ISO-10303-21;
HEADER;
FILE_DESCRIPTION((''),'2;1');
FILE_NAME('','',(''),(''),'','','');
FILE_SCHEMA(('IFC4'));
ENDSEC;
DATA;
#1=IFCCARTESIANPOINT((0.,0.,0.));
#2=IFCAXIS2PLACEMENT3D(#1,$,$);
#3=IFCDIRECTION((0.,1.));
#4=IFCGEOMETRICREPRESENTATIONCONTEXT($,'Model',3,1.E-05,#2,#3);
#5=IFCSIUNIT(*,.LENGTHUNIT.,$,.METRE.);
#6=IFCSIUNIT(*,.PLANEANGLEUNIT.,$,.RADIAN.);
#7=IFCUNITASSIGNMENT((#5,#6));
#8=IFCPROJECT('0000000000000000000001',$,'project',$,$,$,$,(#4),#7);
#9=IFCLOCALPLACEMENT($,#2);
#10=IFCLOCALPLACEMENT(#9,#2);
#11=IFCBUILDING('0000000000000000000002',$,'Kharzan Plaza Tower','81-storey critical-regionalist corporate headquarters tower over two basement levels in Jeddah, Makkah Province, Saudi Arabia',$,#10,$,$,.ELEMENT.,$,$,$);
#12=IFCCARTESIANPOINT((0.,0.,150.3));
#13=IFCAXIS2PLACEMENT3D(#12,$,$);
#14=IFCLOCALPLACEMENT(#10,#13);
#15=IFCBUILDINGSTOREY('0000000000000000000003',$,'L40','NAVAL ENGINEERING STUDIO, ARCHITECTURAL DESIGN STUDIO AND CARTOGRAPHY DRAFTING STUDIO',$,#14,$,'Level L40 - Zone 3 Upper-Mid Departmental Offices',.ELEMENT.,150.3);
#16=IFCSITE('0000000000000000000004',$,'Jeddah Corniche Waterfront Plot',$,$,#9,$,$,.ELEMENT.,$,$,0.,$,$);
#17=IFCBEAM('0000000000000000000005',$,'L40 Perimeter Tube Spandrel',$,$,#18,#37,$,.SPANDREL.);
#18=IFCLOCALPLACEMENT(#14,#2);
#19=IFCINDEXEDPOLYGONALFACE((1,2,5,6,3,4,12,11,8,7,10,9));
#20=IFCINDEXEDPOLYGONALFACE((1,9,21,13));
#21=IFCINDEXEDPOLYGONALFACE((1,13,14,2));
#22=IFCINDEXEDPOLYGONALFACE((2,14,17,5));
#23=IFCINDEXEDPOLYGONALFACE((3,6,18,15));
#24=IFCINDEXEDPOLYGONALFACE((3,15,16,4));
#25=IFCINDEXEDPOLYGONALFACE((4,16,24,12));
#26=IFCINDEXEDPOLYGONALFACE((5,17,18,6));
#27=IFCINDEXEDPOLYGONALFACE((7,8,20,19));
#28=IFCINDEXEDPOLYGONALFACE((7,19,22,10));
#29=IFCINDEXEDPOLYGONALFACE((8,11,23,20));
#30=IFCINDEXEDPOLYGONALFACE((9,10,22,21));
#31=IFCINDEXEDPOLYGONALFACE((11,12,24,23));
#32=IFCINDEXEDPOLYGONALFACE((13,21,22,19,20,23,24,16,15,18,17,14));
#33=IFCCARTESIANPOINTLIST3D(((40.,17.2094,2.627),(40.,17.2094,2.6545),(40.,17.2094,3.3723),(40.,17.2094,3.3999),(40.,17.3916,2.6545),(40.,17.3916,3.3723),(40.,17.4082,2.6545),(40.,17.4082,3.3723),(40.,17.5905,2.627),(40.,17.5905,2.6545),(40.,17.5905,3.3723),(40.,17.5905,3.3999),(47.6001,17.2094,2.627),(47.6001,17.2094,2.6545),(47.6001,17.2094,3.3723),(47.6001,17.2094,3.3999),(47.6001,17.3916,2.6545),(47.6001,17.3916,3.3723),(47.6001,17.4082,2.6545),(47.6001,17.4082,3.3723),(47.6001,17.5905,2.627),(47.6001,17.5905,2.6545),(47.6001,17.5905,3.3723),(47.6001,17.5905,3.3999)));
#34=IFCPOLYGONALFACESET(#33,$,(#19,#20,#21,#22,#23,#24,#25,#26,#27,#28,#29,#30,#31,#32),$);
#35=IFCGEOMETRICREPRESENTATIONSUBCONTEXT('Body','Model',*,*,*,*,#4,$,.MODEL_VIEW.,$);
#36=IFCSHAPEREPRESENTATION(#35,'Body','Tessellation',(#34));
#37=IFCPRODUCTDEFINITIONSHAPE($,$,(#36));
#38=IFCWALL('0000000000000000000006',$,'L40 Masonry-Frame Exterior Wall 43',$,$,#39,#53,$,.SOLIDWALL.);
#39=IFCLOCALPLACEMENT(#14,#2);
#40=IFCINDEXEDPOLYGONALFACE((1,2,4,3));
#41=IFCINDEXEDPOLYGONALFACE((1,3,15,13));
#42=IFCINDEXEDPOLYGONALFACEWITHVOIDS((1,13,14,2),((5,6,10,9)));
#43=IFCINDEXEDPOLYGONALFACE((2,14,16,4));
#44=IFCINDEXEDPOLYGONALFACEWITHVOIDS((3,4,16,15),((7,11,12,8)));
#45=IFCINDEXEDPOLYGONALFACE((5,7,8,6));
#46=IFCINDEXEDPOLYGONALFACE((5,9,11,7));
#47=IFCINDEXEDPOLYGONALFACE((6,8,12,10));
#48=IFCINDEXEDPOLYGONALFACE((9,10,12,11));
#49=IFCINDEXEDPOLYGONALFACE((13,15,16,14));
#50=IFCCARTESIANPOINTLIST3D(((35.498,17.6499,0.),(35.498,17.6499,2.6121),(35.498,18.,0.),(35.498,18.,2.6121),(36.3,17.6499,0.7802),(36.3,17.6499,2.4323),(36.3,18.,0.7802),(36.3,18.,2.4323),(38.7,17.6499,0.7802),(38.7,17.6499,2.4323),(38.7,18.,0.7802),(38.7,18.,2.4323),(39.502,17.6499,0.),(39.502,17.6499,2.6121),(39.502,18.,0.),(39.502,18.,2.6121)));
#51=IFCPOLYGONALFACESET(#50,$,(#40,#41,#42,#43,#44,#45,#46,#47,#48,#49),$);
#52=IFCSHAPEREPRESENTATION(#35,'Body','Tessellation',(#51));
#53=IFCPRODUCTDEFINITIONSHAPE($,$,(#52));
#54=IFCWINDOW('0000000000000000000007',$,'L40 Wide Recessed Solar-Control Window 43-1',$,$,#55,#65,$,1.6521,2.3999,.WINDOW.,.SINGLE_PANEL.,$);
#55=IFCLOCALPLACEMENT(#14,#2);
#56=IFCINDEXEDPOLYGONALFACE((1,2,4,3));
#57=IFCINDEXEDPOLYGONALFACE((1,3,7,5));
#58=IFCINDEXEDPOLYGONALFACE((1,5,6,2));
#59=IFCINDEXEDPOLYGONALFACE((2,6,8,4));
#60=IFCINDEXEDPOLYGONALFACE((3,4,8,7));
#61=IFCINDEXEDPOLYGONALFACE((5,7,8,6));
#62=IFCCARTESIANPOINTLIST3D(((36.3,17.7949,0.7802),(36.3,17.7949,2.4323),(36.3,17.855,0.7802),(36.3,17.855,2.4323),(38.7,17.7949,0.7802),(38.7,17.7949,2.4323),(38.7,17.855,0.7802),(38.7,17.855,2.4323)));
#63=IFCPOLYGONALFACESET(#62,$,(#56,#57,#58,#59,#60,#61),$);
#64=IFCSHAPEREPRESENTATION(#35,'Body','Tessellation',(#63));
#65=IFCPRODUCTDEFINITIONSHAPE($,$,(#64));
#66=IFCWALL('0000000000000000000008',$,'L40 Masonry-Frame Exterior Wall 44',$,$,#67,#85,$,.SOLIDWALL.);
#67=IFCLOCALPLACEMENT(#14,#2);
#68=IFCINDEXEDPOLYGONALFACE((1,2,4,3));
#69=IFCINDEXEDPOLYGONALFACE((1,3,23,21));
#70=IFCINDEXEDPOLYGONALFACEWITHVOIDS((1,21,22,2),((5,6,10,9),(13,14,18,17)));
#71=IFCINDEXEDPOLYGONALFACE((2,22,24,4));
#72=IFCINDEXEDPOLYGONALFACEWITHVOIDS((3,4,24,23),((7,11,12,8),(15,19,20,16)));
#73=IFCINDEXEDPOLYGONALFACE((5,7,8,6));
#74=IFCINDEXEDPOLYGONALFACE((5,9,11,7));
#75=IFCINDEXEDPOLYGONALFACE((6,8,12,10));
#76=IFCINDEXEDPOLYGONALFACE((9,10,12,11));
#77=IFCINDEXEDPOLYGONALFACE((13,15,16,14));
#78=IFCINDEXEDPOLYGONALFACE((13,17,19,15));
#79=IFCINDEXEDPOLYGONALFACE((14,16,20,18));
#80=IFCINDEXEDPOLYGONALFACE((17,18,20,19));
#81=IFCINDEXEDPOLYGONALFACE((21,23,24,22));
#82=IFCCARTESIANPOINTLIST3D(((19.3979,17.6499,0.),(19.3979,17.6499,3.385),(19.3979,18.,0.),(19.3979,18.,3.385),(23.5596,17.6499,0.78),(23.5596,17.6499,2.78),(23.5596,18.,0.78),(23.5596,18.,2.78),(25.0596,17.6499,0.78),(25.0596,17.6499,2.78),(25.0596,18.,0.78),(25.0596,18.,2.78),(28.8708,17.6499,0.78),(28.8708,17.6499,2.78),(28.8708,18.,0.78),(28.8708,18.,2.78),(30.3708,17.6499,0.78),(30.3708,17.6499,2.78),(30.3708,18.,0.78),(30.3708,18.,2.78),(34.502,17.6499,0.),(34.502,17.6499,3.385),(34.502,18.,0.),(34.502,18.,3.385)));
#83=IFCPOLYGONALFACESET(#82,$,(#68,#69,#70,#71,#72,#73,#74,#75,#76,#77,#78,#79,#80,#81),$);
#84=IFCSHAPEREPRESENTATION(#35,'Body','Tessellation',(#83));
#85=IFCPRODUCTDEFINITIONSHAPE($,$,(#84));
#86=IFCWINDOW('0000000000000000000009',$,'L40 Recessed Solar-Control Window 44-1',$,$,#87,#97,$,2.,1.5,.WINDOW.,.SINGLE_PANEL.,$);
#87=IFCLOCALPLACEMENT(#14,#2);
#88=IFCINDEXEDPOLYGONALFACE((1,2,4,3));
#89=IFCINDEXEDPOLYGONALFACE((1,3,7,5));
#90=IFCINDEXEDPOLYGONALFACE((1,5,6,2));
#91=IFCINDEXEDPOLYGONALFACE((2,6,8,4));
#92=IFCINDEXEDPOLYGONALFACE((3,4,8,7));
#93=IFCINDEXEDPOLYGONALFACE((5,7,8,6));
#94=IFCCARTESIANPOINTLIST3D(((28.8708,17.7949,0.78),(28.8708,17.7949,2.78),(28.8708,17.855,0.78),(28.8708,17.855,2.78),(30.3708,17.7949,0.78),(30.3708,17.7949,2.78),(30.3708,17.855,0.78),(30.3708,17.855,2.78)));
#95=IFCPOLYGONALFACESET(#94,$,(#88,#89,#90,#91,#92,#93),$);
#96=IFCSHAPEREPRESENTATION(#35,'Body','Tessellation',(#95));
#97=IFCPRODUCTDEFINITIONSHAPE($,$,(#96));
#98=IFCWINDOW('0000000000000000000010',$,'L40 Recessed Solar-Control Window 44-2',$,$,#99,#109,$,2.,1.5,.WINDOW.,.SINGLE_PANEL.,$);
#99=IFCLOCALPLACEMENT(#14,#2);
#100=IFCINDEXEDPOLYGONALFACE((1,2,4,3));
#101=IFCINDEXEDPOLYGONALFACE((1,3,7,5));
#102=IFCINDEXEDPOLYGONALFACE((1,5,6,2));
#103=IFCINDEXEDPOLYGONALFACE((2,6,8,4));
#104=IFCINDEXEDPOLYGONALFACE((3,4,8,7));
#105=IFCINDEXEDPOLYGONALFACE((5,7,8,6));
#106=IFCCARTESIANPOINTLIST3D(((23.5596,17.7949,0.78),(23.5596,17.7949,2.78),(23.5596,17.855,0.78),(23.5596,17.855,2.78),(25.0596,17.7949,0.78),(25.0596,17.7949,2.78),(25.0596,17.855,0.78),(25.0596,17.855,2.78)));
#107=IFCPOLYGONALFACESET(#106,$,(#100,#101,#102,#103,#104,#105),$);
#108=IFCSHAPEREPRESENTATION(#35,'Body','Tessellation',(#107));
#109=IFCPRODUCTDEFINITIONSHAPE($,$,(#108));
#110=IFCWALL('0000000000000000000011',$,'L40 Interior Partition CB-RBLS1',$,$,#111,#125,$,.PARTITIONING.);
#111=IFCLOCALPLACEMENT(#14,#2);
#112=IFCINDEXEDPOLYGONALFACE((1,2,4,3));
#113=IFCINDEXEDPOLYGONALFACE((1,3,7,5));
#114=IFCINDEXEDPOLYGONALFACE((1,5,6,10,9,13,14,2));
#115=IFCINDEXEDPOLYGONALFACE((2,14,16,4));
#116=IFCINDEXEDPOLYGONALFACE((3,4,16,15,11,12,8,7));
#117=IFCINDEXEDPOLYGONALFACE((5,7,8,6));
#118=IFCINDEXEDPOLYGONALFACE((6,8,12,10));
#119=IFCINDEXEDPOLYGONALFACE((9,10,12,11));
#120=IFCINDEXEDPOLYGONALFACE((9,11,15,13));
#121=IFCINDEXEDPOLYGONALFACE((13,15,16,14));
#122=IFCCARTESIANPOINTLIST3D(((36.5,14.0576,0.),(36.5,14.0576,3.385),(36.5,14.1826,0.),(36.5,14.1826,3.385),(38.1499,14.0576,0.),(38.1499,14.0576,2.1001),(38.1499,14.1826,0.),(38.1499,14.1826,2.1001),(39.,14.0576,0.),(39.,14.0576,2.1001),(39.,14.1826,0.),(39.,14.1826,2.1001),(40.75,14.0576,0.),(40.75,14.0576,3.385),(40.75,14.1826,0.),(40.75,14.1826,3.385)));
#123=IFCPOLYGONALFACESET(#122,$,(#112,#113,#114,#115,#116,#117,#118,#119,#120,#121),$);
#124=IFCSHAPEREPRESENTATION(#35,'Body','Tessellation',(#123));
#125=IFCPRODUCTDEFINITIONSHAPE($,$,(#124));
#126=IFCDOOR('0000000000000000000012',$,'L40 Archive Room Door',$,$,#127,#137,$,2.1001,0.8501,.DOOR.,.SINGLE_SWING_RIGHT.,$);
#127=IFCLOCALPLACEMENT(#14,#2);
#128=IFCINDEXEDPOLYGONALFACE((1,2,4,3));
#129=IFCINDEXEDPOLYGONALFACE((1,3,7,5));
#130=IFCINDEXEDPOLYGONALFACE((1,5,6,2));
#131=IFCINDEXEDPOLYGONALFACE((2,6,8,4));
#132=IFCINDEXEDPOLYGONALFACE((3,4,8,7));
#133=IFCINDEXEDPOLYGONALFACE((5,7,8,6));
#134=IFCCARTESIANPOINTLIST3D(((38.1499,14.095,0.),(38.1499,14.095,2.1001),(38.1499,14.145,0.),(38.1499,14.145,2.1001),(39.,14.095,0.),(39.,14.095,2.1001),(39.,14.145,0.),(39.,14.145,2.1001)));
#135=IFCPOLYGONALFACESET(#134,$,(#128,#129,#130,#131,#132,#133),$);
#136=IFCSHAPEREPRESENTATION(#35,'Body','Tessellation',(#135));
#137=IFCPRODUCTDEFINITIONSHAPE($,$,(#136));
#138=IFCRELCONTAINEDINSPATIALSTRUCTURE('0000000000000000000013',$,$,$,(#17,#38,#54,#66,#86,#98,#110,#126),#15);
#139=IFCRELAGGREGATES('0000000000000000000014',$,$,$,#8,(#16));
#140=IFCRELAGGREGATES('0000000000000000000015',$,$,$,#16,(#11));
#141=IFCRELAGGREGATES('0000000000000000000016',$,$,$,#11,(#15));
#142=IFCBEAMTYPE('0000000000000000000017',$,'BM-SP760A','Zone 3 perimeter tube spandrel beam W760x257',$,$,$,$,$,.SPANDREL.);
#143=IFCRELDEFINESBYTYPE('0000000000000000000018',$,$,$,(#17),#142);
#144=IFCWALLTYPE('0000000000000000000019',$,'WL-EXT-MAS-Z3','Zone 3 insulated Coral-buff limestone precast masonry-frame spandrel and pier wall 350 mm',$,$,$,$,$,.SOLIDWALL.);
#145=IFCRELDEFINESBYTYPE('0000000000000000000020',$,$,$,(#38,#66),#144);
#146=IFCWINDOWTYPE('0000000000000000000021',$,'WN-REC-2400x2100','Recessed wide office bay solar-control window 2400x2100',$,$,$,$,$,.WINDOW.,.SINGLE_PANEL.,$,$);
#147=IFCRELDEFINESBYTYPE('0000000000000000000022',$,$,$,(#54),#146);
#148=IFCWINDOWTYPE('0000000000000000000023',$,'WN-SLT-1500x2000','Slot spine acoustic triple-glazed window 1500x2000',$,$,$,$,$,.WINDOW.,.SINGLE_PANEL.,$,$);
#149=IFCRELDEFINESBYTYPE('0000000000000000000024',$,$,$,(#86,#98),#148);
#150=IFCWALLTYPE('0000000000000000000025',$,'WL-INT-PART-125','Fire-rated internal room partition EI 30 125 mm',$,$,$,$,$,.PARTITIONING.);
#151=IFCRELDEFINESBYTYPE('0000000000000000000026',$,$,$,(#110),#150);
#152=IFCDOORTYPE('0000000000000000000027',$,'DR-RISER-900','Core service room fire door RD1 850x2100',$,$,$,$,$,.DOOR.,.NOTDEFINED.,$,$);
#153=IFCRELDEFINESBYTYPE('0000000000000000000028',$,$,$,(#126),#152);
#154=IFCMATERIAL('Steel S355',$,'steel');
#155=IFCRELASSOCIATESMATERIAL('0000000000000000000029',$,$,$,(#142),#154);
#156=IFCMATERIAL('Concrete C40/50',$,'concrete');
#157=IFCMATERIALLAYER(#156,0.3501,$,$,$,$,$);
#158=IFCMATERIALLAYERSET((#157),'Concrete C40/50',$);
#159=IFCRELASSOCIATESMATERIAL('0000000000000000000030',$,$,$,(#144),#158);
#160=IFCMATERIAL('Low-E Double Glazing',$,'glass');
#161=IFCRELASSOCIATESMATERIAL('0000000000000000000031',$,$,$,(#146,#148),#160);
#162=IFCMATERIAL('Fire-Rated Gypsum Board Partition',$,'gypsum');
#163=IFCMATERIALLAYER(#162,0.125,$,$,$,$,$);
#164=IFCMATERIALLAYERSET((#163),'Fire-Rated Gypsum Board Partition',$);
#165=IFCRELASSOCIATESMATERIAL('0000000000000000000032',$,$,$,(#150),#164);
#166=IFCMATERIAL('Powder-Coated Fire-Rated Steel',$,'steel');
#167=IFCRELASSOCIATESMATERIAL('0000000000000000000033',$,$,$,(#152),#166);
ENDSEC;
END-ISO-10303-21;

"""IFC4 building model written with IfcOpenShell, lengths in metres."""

from ifc_helpers import new_model, si_unit, direction, frame, frame_2d, origin, origin_2d, place, context, subcontext, project, spatial, rectangle, i_section, extrude, source, transform, mapped, material, layer, layer_set, material_profile, profile_set, type_object, element, fill, save


model = new_model("IFC4")

# Units and contexts
model_context = context("Model", 3, precision=1e-05, world=origin(), true_north=direction((0.0, 1.0)))
body_context = subcontext(model_context, "Body", "Model", "MODEL_VIEW")
ifc_project = project(units=[si_unit("LENGTHUNIT", "METRE"), si_unit("PLANEANGLEUNIT", "RADIAN")], contexts=[model_context])

# Site, building, storey
site_placement = place(None, origin())
site = spatial("IfcSite", under=ifc_project, at=site_placement, Name="Jeddah Corniche Waterfront Plot", CompositionType="ELEMENT", RefElevation=0.0)
building_placement = place(site_placement, origin())
building = spatial("IfcBuilding", under=site, at=building_placement, Name="Kharzan Plaza Tower", Description="81-storey critical-regionalist corporate headquarters tower over two basement levels in Jeddah, Makkah Province, Saudi Arabia", CompositionType="ELEMENT")
storey_placement = place(building_placement, frame((0.0, 0.0, 150.3)))
storey = spatial("IfcBuildingStorey", under=building, at=storey_placement, Name="L40", Description="NAVAL ENGINEERING STUDIO, ARCHITECTURAL DESIGN STUDIO AND CARTOGRAPHY DRAFTING STUDIO", LongName="Level L40 - Zone 3 Upper-Mid Departmental Offices", CompositionType="ELEMENT", Elevation=150.3)

# Beam
ifc_material_1 = material(Name="Steel S355", Category="steel")
ifc_material_profile_1 = material_profile(ifc_material_1, i_section(OverallWidth=0.3811, OverallDepth=0.7729, WebThickness=0.0166, FlangeThickness=0.0276, at=origin_2d()), Name="W760x257")
ifc_profile_set_1 = profile_set([ifc_material_profile_1], Name="Steel S355")
beam_type_1 = type_object("IfcBeamType", Name="BM-SP760A", Description="Zone 3 perimeter tube spandrel beam W760x257", PredefinedType="SPANDREL", material=ifc_profile_set_1)
shared_shape_1 = source(origin(), body_context, "Body", "SweptSolid", [
    extrude(i_section(OverallWidth=0.3811, OverallDepth=0.7729, WebThickness=0.0166, FlangeThickness=0.0276, at=origin_2d()), origin(), (0.0, 0.0, 1.0), 7.6001),
])
beam_1_placement = place(storey_placement, frame((40.0, 17.3999, 3.0134), z_axis=(1.0, 0.0, 0.0), x_axis=(0.0, 1.0, 0.0)))
element("IfcBeam", 1, at=beam_1_placement, inside=storey, type_object=beam_type_1, Name="L40 Perimeter Tube Spandrel", PredefinedType="SPANDREL", context=body_context, shape_type="MappedRepresentation", body=[
    mapped(shared_shape_1, transform((0.0, 0.0, 0.0), x_axis=(1.0, 0.0, 0.0), y_axis=(0.0, 1.0, 0.0), z_axis=(0.0, 0.0, 1.0))),
])

# Wall, opening, window
ifc_material_2 = material(Name="Concrete C40/50", Category="concrete")
ifc_layer_1 = layer(ifc_material_2, 0.3501)
ifc_layer_set_1 = layer_set([ifc_layer_1], Name="Concrete C40/50")
wall_type_1 = type_object("IfcWallType", Name="WL-EXT-MAS-Z3", Description="Zone 3 insulated Coral-buff limestone precast masonry-frame spandrel and pier wall 350 mm", PredefinedType="SOLIDWALL", material=ifc_layer_set_1)
wall_1_placement = place(storey_placement, frame((39.502, 17.825, 0.0), z_axis=(0.0, 0.0, 1.0), x_axis=(-1.0, 0.0, 0.0)))
wall_1 = element("IfcWall", 2, at=wall_1_placement, inside=storey, type_object=wall_type_1, Name="L40 Masonry-Frame Exterior Wall 43", PredefinedType="SOLIDWALL", context=body_context, shape_type="SweptSolid", body=[
    extrude(rectangle(XDim=4.0039, YDim=0.3501, at=frame_2d((2.002, 0.0))), origin(), (0.0, 0.0, 1.0), 2.6121),
])
opening_1_placement = place(wall_1_placement, frame((0.802, 0.0, 0.78)))
opening_1 = element("IfcOpeningElement", 3, at=opening_1_placement, cuts=wall_1, PredefinedType="OPENING", context=body_context, shape_type="SweptSolid", body=[
    extrude(rectangle(XDim=2.3999, YDim=1.6521, at=frame_2d((1.2, 0.8262))), frame((0.0, 0.1851, 0.0), z_axis=(0.0, -1.0, 0.0), x_axis=(1.0, 0.0, 0.0)), (0.0, 0.0, 1.0), 0.3701),
])
ifc_material_3 = material(Name="Low-E Double Glazing", Category="glass")
window_type_1 = type_object("IfcWindowType", Name="WN-REC-2400x2100", Description="Recessed wide office bay solar-control window 2400x2100", PartitioningType="SINGLE_PANEL", PredefinedType="WINDOW", material=ifc_material_3)
shared_shape_2 = source(origin(), body_context, "Body", "SweptSolid", [
    extrude(rectangle(XDim=2.3999, YDim=1.6521, at=frame_2d((1.2, 0.8262))), frame((0.0, 0.03, 0.0), z_axis=(0.0, -1.0, 0.0), x_axis=(1.0, 0.0, 0.0)), (0.0, 0.0, 1.0), 0.0601),
])
window_1_placement = place(opening_1_placement, origin())
window_1 = element("IfcWindow", 4, at=window_1_placement, inside=storey, type_object=window_type_1, Name="L40 Wide Recessed Solar-Control Window 43-1", OverallHeight=1.6521, OverallWidth=2.3999, PartitioningType="SINGLE_PANEL", PredefinedType="WINDOW", context=body_context, shape_type="MappedRepresentation", body=[
    mapped(shared_shape_2, transform((0.0, 0.0, 0.0), x_axis=(1.0, 0.0, 0.0), y_axis=(0.0, 1.0, 0.0), z_axis=(0.0, 0.0, 1.0))),
])
fill(opening_1, window_1)

# Wall, openings, windows
wall_2_placement = place(storey_placement, frame((34.502, 17.825, 0.0), z_axis=(0.0, 0.0, 1.0), x_axis=(-1.0, 0.0, 0.0)))
wall_2 = element("IfcWall", 5, at=wall_2_placement, inside=storey, type_object=wall_type_1, Name="L40 Masonry-Frame Exterior Wall 44", PredefinedType="SOLIDWALL", context=body_context, shape_type="SweptSolid", body=[
    extrude(rectangle(XDim=15.104, YDim=0.3501, at=frame_2d((7.552, 0.0))), origin(), (0.0, 0.0, 1.0), 3.385),
])
opening_2_placement = place(wall_2_placement, frame((4.1311, 0.0, 0.78)))
opening_2 = element("IfcOpeningElement", 6, at=opening_2_placement, cuts=wall_2, PredefinedType="OPENING", context=body_context, shape_type="SweptSolid", body=[
    extrude(rectangle(XDim=1.5, YDim=2.0, at=frame_2d((0.75, 1.0))), frame((0.0, 0.1851, 0.0), z_axis=(0.0, -1.0, 0.0), x_axis=(1.0, 0.0, 0.0)), (0.0, 0.0, 1.0), 0.3701),
])
opening_3_placement = place(wall_2_placement, frame((9.4424, 0.0, 0.78)))
opening_3 = element("IfcOpeningElement", 7, at=opening_3_placement, cuts=wall_2, PredefinedType="OPENING", context=body_context, shape_type="SweptSolid", body=[
    extrude(rectangle(XDim=1.5, YDim=2.0, at=frame_2d((0.75, 1.0))), frame((0.0, 0.1851, 0.0), z_axis=(0.0, -1.0, 0.0), x_axis=(1.0, 0.0, 0.0)), (0.0, 0.0, 1.0), 0.3701),
])
window_type_2 = type_object("IfcWindowType", Name="WN-SLT-1500x2000", Description="Slot spine acoustic triple-glazed window 1500x2000", PartitioningType="SINGLE_PANEL", PredefinedType="WINDOW", material=ifc_material_3)
shared_shape_3 = source(origin(), body_context, "Body", "SweptSolid", [
    extrude(rectangle(XDim=1.5, YDim=2.0, at=frame_2d((0.75, 1.0))), frame((0.0, 0.03, 0.0), z_axis=(0.0, -1.0, 0.0), x_axis=(1.0, 0.0, 0.0)), (0.0, 0.0, 1.0), 0.0601),
])
window_2_placement = place(opening_2_placement, origin())
window_2 = element("IfcWindow", 8, at=window_2_placement, inside=storey, type_object=window_type_2, Name="L40 Recessed Solar-Control Window 44-1", OverallHeight=2.0, OverallWidth=1.5, PartitioningType="SINGLE_PANEL", PredefinedType="WINDOW", context=body_context, shape_type="MappedRepresentation", body=[
    mapped(shared_shape_3, transform((0.0, 0.0, 0.0), x_axis=(1.0, 0.0, 0.0), y_axis=(0.0, 1.0, 0.0), z_axis=(0.0, 0.0, 1.0))),
])
fill(opening_2, window_2)
window_3_placement = place(opening_3_placement, origin())
window_3 = element("IfcWindow", 9, at=window_3_placement, inside=storey, type_object=window_type_2, Name="L40 Recessed Solar-Control Window 44-2", OverallHeight=2.0, OverallWidth=1.5, PartitioningType="SINGLE_PANEL", PredefinedType="WINDOW", context=body_context, shape_type="MappedRepresentation", body=[
    mapped(shared_shape_3, transform((0.0, 0.0, 0.0), x_axis=(1.0, 0.0, 0.0), y_axis=(0.0, 1.0, 0.0), z_axis=(0.0, 0.0, 1.0))),
])
fill(opening_3, window_3)

# Wall, opening, door
ifc_material_4 = material(Name="Fire-Rated Gypsum Board Partition", Category="gypsum")
ifc_layer_2 = layer(ifc_material_4, 0.125)
ifc_layer_set_2 = layer_set([ifc_layer_2], Name="Fire-Rated Gypsum Board Partition")
wall_type_2 = type_object("IfcWallType", Name="WL-INT-PART-125", Description="Fire-rated internal room partition EI 30 125 mm", PredefinedType="PARTITIONING", material=ifc_layer_set_2)
wall_3_placement = place(storey_placement, frame((36.5, 14.1201, 0.0), z_axis=(0.0, 0.0, 1.0), x_axis=(1.0, 0.0, 0.0)))
wall_3 = element("IfcWall", 10, at=wall_3_placement, inside=storey, type_object=wall_type_2, Name="L40 Interior Partition CB-RBLS1", PredefinedType="PARTITIONING", context=body_context, shape_type="SweptSolid", body=[
    extrude(rectangle(XDim=4.25, YDim=0.125, at=frame_2d((2.125, 0.0))), origin(), (0.0, 0.0, 1.0), 3.385),
])
opening_4_placement = place(wall_3_placement, frame((1.6499, 0.0, 0.0)))
opening_4 = element("IfcOpeningElement", 11, at=opening_4_placement, cuts=wall_3, PredefinedType="OPENING", context=body_context, shape_type="SweptSolid", body=[
    extrude(rectangle(XDim=0.8501, YDim=2.1001, at=frame_2d((0.425, 1.05))), frame((0.0, 0.0725, 0.0), z_axis=(0.0, -1.0, 0.0), x_axis=(1.0, 0.0, 0.0)), (0.0, 0.0, 1.0), 0.145),
])
ifc_material_5 = material(Name="Powder-Coated Fire-Rated Steel", Category="steel")
door_type_1 = type_object("IfcDoorType", Name="DR-RISER-900", Description="Core service room fire door RD1 850x2100", OperationType="NOTDEFINED", PredefinedType="DOOR", material=ifc_material_5)
shared_shape_4 = source(origin(), body_context, "Body", "SweptSolid", [
    extrude(rectangle(XDim=0.8501, YDim=2.1001, at=frame_2d((0.425, 1.05))), frame((0.0, 0.0249, 0.0), z_axis=(0.0, -1.0, 0.0), x_axis=(1.0, 0.0, 0.0)), (0.0, 0.0, 1.0), 0.05),
])
door_1_placement = place(opening_4_placement, origin())
door_1 = element("IfcDoor", 12, at=door_1_placement, inside=storey, type_object=door_type_1, Name="L40 Archive Room Door", OperationType="SINGLE_SWING_RIGHT", OverallHeight=2.1001, OverallWidth=0.8501, PredefinedType="DOOR", context=body_context, shape_type="MappedRepresentation", body=[
    mapped(shared_shape_4, transform((0.0, 0.0, 0.0), x_axis=(1.0, 0.0, 0.0), y_axis=(0.0, 1.0, 0.0), z_axis=(0.0, 0.0, 1.0))),
])
fill(opening_4, door_1)

save(model, "model.ifc")
